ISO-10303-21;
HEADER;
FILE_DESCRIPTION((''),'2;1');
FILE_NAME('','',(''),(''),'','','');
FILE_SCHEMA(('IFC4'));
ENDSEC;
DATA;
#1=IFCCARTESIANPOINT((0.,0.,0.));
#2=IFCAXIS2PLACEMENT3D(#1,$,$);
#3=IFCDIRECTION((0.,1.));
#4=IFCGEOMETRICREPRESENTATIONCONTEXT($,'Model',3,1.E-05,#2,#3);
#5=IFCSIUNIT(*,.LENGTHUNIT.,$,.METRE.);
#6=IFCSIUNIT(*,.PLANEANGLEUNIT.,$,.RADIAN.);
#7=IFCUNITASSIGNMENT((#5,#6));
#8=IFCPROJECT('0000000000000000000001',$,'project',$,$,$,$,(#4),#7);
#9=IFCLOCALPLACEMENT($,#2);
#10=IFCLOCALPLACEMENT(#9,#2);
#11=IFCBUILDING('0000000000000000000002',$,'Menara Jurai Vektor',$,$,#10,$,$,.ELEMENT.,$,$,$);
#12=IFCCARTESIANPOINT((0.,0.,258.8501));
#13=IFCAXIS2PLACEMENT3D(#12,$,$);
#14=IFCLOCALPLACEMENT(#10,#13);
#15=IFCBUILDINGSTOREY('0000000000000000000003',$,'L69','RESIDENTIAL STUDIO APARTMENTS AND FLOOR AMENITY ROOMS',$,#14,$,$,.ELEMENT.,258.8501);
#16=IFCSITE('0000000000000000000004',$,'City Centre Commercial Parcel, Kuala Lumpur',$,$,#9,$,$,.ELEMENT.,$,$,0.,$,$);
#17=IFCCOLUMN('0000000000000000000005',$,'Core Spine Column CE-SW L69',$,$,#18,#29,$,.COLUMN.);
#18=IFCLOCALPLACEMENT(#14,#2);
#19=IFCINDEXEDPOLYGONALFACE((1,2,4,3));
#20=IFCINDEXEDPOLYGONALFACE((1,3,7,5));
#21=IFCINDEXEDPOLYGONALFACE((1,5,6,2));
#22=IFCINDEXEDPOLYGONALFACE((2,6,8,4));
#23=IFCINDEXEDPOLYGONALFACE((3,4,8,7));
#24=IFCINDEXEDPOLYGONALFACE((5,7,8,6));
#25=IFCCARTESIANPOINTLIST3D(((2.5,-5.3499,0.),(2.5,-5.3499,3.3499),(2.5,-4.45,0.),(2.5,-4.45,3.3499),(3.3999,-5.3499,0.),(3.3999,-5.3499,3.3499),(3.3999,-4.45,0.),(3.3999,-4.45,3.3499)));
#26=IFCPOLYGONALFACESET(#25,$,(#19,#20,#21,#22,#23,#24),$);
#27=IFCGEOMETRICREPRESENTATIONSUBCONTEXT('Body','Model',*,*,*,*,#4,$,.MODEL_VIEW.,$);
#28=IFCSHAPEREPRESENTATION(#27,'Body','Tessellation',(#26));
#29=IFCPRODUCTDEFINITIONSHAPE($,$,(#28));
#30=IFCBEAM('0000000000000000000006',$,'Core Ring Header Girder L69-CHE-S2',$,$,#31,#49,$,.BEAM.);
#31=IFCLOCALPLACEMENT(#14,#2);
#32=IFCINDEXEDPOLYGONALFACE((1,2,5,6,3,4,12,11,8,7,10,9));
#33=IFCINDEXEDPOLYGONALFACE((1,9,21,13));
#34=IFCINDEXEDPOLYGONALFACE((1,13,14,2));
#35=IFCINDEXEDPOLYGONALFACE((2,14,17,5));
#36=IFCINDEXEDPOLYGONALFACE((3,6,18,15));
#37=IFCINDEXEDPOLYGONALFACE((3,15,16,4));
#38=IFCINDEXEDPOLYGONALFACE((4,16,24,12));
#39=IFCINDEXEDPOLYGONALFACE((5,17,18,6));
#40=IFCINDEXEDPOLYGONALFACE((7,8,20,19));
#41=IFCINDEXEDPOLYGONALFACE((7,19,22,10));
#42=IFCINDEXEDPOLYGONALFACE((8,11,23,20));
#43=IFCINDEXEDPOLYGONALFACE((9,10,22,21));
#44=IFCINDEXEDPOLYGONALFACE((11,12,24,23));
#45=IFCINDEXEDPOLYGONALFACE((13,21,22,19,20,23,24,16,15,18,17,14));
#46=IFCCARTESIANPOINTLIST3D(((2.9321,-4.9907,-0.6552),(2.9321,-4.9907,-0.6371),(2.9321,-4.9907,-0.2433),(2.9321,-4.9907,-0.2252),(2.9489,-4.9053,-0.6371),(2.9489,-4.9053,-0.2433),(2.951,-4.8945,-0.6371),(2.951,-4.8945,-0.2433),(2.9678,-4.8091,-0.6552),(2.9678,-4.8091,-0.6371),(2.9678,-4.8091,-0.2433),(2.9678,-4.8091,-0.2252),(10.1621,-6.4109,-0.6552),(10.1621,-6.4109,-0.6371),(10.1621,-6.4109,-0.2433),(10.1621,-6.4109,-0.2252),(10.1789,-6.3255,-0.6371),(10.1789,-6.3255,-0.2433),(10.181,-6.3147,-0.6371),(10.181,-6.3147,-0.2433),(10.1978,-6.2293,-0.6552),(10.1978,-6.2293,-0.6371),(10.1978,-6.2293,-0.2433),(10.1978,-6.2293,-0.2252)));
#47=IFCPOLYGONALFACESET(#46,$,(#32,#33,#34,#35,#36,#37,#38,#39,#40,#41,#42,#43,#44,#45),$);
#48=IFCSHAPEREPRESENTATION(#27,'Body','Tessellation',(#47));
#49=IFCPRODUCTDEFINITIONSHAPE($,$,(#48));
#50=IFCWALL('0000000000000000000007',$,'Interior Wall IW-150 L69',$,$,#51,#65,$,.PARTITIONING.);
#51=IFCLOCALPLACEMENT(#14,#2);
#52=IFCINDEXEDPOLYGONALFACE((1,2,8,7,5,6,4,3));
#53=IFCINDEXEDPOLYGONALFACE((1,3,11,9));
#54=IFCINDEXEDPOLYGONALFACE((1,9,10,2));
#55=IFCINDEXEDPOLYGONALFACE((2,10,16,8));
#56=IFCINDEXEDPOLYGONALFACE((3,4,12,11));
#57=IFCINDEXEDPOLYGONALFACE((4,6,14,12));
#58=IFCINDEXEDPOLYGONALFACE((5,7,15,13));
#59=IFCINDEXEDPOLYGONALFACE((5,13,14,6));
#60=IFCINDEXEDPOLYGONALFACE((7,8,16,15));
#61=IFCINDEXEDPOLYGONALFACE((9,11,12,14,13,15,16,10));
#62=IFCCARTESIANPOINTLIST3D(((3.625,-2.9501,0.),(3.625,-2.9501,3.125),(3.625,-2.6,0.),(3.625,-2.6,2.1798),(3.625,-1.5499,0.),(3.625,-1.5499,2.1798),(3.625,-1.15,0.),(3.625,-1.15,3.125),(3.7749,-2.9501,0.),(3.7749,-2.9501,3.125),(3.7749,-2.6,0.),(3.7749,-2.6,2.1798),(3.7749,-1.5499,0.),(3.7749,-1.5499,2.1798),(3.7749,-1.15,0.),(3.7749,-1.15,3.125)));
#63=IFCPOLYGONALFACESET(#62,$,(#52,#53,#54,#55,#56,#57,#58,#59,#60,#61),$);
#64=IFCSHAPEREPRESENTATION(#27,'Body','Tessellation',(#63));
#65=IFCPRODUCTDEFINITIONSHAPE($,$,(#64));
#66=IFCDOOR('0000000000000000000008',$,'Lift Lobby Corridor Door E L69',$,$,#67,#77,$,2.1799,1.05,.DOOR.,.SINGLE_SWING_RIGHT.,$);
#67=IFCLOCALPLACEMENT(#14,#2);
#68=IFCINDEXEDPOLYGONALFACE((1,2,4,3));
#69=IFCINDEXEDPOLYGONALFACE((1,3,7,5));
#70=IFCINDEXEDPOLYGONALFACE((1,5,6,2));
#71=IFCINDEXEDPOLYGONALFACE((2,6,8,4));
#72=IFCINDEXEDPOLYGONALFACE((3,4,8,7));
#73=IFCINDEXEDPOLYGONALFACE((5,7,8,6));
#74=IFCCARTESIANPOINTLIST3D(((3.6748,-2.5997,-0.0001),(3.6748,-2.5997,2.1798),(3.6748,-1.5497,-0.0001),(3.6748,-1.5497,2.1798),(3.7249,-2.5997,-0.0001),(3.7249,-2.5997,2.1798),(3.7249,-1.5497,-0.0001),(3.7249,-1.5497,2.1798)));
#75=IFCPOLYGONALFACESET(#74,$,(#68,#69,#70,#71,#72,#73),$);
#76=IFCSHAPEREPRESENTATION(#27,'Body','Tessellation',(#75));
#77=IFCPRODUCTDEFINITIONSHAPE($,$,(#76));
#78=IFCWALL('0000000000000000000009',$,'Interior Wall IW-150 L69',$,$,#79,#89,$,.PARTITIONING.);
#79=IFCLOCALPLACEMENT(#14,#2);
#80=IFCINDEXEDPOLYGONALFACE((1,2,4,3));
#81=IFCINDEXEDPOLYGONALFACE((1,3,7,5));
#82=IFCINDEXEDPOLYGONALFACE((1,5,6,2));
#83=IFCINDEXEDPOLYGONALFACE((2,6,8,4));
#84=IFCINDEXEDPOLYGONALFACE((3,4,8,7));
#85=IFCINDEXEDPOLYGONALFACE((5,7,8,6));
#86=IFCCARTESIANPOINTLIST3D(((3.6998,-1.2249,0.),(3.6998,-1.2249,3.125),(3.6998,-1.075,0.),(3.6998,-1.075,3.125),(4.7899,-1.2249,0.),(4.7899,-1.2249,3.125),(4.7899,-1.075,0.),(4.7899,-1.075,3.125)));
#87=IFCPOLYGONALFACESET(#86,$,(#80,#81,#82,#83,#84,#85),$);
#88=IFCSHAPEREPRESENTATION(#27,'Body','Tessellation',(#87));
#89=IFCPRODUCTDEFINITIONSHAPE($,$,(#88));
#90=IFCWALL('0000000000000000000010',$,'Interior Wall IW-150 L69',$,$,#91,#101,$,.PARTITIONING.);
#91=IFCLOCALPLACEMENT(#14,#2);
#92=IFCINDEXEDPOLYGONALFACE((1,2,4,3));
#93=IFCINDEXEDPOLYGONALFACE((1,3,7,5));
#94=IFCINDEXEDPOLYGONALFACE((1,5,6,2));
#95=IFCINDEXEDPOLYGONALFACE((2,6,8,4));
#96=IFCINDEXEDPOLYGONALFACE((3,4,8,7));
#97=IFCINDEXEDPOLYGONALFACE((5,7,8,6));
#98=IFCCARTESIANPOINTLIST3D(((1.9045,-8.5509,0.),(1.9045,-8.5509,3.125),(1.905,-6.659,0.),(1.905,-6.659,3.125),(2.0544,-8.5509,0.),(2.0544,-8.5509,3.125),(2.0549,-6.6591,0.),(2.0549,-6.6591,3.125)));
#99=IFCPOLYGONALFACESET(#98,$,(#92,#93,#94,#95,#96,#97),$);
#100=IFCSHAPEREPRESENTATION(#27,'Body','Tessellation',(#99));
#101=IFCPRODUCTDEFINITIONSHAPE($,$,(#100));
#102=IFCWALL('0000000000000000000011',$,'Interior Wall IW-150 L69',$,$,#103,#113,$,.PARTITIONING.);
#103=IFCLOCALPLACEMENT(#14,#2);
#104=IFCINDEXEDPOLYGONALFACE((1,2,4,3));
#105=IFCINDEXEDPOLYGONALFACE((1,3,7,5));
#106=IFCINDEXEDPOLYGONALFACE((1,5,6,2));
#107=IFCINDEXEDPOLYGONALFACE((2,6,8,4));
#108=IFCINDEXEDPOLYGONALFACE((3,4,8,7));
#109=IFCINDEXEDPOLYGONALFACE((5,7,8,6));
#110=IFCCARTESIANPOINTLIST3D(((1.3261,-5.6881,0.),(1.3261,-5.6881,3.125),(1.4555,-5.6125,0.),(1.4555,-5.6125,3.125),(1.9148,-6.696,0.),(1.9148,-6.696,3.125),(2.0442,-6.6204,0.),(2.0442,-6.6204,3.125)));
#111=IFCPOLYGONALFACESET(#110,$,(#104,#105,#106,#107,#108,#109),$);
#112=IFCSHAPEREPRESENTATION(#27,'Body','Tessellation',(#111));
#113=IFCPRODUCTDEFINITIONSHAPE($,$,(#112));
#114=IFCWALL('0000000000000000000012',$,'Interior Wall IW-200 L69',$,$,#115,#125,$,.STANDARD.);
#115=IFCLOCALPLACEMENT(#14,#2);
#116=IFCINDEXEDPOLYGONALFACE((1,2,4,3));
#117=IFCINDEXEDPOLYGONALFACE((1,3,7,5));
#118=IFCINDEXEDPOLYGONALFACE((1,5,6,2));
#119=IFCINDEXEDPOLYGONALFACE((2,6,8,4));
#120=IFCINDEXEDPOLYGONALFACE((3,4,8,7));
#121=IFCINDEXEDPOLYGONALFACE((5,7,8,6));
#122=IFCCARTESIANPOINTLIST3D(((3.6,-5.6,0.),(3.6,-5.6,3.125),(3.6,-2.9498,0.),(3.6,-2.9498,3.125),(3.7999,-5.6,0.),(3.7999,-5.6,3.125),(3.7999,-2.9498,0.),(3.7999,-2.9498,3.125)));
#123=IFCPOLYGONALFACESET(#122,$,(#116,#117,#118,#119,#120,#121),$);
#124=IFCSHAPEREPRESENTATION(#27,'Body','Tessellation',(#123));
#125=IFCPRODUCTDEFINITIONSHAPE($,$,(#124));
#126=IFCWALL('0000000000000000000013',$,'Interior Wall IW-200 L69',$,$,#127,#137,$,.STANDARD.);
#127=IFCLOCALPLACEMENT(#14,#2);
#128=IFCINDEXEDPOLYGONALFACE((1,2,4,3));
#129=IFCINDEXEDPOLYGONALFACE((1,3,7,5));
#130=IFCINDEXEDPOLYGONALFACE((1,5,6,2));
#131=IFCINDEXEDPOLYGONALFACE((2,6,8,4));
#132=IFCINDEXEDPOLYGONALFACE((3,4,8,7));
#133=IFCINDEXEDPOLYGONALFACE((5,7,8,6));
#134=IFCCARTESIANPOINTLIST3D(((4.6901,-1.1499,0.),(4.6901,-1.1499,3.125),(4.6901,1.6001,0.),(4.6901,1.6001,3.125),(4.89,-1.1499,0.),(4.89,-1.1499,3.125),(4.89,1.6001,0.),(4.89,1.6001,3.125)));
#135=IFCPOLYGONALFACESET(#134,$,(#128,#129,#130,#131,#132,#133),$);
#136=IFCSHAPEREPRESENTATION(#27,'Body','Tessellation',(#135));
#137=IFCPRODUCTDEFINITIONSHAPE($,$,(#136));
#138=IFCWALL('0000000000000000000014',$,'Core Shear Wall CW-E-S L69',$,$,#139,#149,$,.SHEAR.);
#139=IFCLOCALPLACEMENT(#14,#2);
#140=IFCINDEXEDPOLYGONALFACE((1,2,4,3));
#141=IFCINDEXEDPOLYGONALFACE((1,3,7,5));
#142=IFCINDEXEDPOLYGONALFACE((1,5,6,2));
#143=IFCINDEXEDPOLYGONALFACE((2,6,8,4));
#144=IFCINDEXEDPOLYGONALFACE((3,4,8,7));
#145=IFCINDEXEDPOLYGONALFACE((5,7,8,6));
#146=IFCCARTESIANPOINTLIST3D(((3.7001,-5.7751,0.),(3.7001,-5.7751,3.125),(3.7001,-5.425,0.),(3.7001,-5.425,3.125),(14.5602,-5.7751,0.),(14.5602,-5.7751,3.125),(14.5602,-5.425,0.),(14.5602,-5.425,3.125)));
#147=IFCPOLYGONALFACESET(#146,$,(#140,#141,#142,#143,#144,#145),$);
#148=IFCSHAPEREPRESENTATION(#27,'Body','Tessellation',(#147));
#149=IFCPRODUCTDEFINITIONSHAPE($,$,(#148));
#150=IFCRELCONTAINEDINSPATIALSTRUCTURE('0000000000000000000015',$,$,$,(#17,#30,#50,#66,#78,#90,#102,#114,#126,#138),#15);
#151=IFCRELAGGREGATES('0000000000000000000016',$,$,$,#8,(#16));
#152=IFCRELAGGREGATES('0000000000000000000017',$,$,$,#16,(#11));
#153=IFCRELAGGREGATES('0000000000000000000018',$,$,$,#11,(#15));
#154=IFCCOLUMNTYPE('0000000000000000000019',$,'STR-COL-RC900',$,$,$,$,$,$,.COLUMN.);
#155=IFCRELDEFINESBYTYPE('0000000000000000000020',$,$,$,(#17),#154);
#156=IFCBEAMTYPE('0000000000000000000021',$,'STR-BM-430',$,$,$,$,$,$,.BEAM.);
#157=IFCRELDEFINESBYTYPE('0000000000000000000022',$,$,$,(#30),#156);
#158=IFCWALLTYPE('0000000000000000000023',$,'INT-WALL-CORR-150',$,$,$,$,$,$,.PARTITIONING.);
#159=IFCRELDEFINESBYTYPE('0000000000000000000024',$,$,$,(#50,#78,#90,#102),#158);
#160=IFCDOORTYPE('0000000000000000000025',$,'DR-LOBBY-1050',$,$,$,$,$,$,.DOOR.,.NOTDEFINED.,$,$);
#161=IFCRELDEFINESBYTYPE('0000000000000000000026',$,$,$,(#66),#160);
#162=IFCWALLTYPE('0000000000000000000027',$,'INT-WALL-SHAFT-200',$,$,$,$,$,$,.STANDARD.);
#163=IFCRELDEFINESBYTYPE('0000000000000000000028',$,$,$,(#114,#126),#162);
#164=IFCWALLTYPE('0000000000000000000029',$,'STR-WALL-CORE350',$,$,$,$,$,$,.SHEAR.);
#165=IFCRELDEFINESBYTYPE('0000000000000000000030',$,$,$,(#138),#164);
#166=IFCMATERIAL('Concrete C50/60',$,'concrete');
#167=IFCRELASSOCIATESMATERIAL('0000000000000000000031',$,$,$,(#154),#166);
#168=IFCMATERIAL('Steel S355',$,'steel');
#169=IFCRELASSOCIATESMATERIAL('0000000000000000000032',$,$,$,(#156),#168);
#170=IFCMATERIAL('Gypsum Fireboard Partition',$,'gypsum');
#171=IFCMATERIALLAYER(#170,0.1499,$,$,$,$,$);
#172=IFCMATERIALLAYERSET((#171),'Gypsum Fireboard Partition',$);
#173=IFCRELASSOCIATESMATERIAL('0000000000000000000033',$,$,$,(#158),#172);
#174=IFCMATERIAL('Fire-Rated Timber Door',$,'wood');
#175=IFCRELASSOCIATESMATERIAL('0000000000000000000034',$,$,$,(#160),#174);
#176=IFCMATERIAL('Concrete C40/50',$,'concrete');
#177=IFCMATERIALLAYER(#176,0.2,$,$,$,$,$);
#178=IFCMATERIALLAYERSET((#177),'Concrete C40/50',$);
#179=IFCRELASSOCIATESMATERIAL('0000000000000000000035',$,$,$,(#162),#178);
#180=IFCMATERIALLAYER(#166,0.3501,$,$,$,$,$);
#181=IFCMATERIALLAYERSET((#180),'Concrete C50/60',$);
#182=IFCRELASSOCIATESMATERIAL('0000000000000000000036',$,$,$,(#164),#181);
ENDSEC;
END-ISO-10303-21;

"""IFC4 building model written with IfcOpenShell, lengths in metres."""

from ifc_helpers import new_model, si_unit, direction, frame, frame_2d, origin, origin_2d, place, context, subcontext, project, spatial, rectangle, i_section, extrude, material, layer, layer_set, material_profile, profile_set, type_object, element, fill, save


model = new_model("IFC4")

# Units and contexts
model_context = context("Model", 3, precision=1e-05, world=origin(), true_north=direction((0.0, 1.0)))
body_context = subcontext(model_context, "Body", "Model", "MODEL_VIEW")
ifc_project = project(units=[si_unit("LENGTHUNIT", "METRE"), si_unit("PLANEANGLEUNIT", "RADIAN")], contexts=[model_context])

# Site, building, storey
site_placement = place(None, origin())
site = spatial("IfcSite", under=ifc_project, at=site_placement, Name="City Centre Commercial Parcel, Kuala Lumpur", CompositionType="ELEMENT", RefElevation=0.0)
building_placement = place(site_placement, origin())
building = spatial("IfcBuilding", under=site, at=building_placement, Name="Menara Jurai Vektor", CompositionType="ELEMENT")
storey_placement = place(building_placement, frame((0.0, 0.0, 258.8501)))
storey = spatial("IfcBuildingStorey", under=building, at=storey_placement, Name="L69", Description="RESIDENTIAL STUDIO APARTMENTS AND FLOOR AMENITY ROOMS", CompositionType="ELEMENT", Elevation=258.8501)

# Column
ifc_material_1 = material(Name="Concrete C50/60", Category="concrete")
ifc_material_profile_1 = material_profile(ifc_material_1, rectangle(XDim=0.8999, YDim=0.8999, at=origin_2d()), Name="RC 900x900")
ifc_profile_set_1 = profile_set([ifc_material_profile_1], Name="Concrete C50/60")
column_type = type_object("IfcColumnType", Name="STR-COL-RC900", PredefinedType="COLUMN", material=ifc_profile_set_1)
column_placement = place(storey_placement, frame((2.95, -4.8999, 0.0), z_axis=(0.0, 0.0, 1.0), x_axis=(1.0, 0.0, 0.0)))
element("IfcColumn", 1, at=column_placement, inside=storey, type_object=column_type, Name="Core Spine Column CE-SW L69", PredefinedType="COLUMN", context=body_context, shape_type="SweptSolid", body=[
    extrude(rectangle(XDim=0.8999, YDim=0.8999, at=origin_2d()), origin(), (0.0, 0.0, 1.0), 3.3499),
])

# Beam
ifc_material_2 = material(Name="Steel S355", Category="steel")
ifc_material_profile_2 = material_profile(ifc_material_2, i_section(OverallWidth=0.1851, OverallDepth=0.4299, WebThickness=0.011, FlangeThickness=0.0181, at=origin_2d()), Name="PG 430x185x76")
ifc_profile_set_2 = profile_set([ifc_material_profile_2], Name="Steel S355")
beam_type = type_object("IfcBeamType", Name="STR-BM-430", PredefinedType="BEAM", material=ifc_profile_set_2)
beam_placement = place(storey_placement, frame((2.95, -4.8999, -0.4402), z_axis=(0.981249, -0.192744, 0.0), x_axis=(0.192744, 0.981249, 0.0)))
element("IfcBeam", 2, at=beam_placement, inside=storey, type_object=beam_type, Name="Core Ring Header Girder L69-CHE-S2", PredefinedType="BEAM", context=body_context, shape_type="SweptSolid", body=[
    extrude(i_section(OverallWidth=0.1851, OverallDepth=0.4299, WebThickness=0.011, FlangeThickness=0.0181, at=origin_2d()), origin(), (0.0, 0.0, 1.0), 7.3682),
])

# Wall, opening, door
ifc_material_3 = material(Name="Gypsum Fireboard Partition", Category="gypsum")
ifc_layer_1 = layer(ifc_material_3, 0.1499)
ifc_layer_set_1 = layer_set([ifc_layer_1], Name="Gypsum Fireboard Partition")
wall_type_1 = type_object("IfcWallType", Name="INT-WALL-CORR-150", PredefinedType="PARTITIONING", material=ifc_layer_set_1)
wall_1_placement = place(storey_placement, frame((3.7, -2.95, 0.0), z_axis=(0.0, 0.0, 1.0), x_axis=(0.0, 1.0, 0.0)))
wall_1 = element("IfcWall", 3, at=wall_1_placement, inside=storey, type_object=wall_type_1, Name="Interior Wall IW-150 L69", PredefinedType="PARTITIONING", context=body_context, shape_type="SweptSolid", body=[
    extrude(rectangle(XDim=1.8, YDim=0.1499, at=frame_2d((0.8999, 0.0))), origin(), (0.0, 0.0, 1.0), 3.125),
])
opening_1_placement = place(wall_1_placement, frame((0.3501, 0.0, 0.0)))
opening_1 = element("IfcOpeningElement", 4, at=opening_1_placement, cuts=wall_1, PredefinedType="OPENING", context=body_context, shape_type="SweptSolid", body=[
    extrude(rectangle(XDim=1.05, YDim=2.1799, at=frame_2d((0.5249, 1.0898))), frame((0.0, 0.085, 0.0), z_axis=(0.0, -1.0, 0.0), x_axis=(1.0, 0.0, 0.0)), (0.0, 0.0, 1.0), 0.1699),
])
ifc_material_4 = material(Name="Fire-Rated Timber Door", Category="wood")
door_type_1 = type_object("IfcDoorType", Name="DR-LOBBY-1050", OperationType="NOTDEFINED", PredefinedType="DOOR", material=ifc_material_4)
door_1_placement = place(opening_1_placement, frame((1.05, 0.0, 0.0), z_axis=(0.0, 0.0, 1.0), x_axis=(-1.0, 0.0, 0.0)))
door_1 = element("IfcDoor", 5, at=door_1_placement, inside=storey, type_object=door_type_1, Name="Lift Lobby Corridor Door E L69", OperationType="SINGLE_SWING_RIGHT", OverallHeight=2.1799, OverallWidth=1.05, PredefinedType="DOOR", context=body_context, shape_type="SweptSolid", body=[
    extrude(rectangle(XDim=1.05, YDim=2.1799, at=frame_2d((0.5249, 1.0898))), frame((0.0, 0.0249, 0.0), z_axis=(0.0, -1.0, 0.0), x_axis=(1.0, 0.0, 0.0)), (0.0, 0.0, 1.0), 0.05),
])
fill(opening_1, door_1)

# Walls
wall_2_placement = place(storey_placement, frame((3.7, -1.1499, 0.0), z_axis=(0.0, 0.0, 1.0), x_axis=(1.0, 0.0, 0.0)))
element("IfcWall", 6, at=wall_2_placement, inside=storey, type_object=wall_type_1, Name="Interior Wall IW-150 L69", PredefinedType="PARTITIONING", context=body_context, shape_type="SweptSolid", body=[
    extrude(rectangle(XDim=1.0901, YDim=0.1499, at=frame_2d((0.5449, 0.0))), origin(), (0.0, 0.0, 1.0), 3.125),
])
wall_3_placement = place(storey_placement, frame((1.9795, -8.5508, 0.0), z_axis=(0.0, 0.0, 1.0), x_axis=(0.000258, 1.0, 0.0)))
element("IfcWall", 7, at=wall_3_placement, inside=storey, type_object=wall_type_1, Name="Interior Wall IW-150 L69", PredefinedType="PARTITIONING", context=body_context, shape_type="SweptSolid", body=[
    extrude(rectangle(XDim=1.8918, YDim=0.1499, at=frame_2d((0.9458, 0.0))), origin(), (0.0, 0.0, 1.0), 3.125),
])
wall_4_placement = place(storey_placement, frame((1.3909, -5.6504, 0.0), z_axis=(0.0, 0.0, 1.0), x_axis=(0.504339, -0.863506, 0.0)))
element("IfcWall", 8, at=wall_4_placement, inside=storey, type_object=wall_type_1, Name="Interior Wall IW-150 L69", PredefinedType="PARTITIONING", context=body_context, shape_type="SweptSolid", body=[
    extrude(rectangle(XDim=1.1672, YDim=0.1499, at=frame_2d((0.5835, 0.0))), origin(), (0.0, 0.0, 1.0), 3.125),
])

# Shared definitions
ifc_material_5 = material(Name="Concrete C40/50", Category="concrete")
ifc_layer_2 = layer(ifc_material_5, 0.2)
ifc_layer_set_2 = layer_set([ifc_layer_2], Name="Concrete C40/50")
wall_type_2 = type_object("IfcWallType", Name="INT-WALL-SHAFT-200", PredefinedType="STANDARD", material=ifc_layer_set_2)

# Walls
wall_5_placement = place(storey_placement, frame((3.7, -5.6001, 0.0), z_axis=(0.0, 0.0, 1.0), x_axis=(0.0, 1.0, 0.0)))
element("IfcWall", 9, at=wall_5_placement, inside=storey, type_object=wall_type_2, Name="Interior Wall IW-200 L69", PredefinedType="STANDARD", context=body_context, shape_type="SweptSolid", body=[
    extrude(rectangle(XDim=2.6501, YDim=0.2, at=frame_2d((1.3252, 0.0))), origin(), (0.0, 0.0, 1.0), 3.125),
])
wall_6_placement = place(storey_placement, frame((4.79, -1.1499, 0.0), z_axis=(0.0, 0.0, 1.0), x_axis=(0.0, 1.0, 0.0)))
element("IfcWall", 10, at=wall_6_placement, inside=storey, type_object=wall_type_2, Name="Interior Wall IW-200 L69", PredefinedType="STANDARD", context=body_context, shape_type="SweptSolid", body=[
    extrude(rectangle(XDim=2.75, YDim=0.2, at=frame_2d((1.375, 0.0))), origin(), (0.0, 0.0, 1.0), 3.125),
])

# Wall
ifc_layer_3 = layer(ifc_material_1, 0.3501)
ifc_layer_set_3 = layer_set([ifc_layer_3], Name="Concrete C50/60")
wall_type_3 = type_object("IfcWallType", Name="STR-WALL-CORE350", PredefinedType="SHEAR", material=ifc_layer_set_3)
wall_7_placement = place(storey_placement, frame((3.7, -5.6001, 0.0), z_axis=(0.0, 0.0, 1.0), x_axis=(1.0, 0.0, 0.0)))
element("IfcWall", 11, at=wall_7_placement, inside=storey, type_object=wall_type_3, Name="Core Shear Wall CW-E-S L69", PredefinedType="SHEAR", context=body_context, shape_type="SweptSolid", body=[
    extrude(rectangle(XDim=10.8601, YDim=0.3501, at=frame_2d((5.4302, 0.0))), origin(), (0.0, 0.0, 1.0), 3.125),
])

save(model, "model.ifc")
